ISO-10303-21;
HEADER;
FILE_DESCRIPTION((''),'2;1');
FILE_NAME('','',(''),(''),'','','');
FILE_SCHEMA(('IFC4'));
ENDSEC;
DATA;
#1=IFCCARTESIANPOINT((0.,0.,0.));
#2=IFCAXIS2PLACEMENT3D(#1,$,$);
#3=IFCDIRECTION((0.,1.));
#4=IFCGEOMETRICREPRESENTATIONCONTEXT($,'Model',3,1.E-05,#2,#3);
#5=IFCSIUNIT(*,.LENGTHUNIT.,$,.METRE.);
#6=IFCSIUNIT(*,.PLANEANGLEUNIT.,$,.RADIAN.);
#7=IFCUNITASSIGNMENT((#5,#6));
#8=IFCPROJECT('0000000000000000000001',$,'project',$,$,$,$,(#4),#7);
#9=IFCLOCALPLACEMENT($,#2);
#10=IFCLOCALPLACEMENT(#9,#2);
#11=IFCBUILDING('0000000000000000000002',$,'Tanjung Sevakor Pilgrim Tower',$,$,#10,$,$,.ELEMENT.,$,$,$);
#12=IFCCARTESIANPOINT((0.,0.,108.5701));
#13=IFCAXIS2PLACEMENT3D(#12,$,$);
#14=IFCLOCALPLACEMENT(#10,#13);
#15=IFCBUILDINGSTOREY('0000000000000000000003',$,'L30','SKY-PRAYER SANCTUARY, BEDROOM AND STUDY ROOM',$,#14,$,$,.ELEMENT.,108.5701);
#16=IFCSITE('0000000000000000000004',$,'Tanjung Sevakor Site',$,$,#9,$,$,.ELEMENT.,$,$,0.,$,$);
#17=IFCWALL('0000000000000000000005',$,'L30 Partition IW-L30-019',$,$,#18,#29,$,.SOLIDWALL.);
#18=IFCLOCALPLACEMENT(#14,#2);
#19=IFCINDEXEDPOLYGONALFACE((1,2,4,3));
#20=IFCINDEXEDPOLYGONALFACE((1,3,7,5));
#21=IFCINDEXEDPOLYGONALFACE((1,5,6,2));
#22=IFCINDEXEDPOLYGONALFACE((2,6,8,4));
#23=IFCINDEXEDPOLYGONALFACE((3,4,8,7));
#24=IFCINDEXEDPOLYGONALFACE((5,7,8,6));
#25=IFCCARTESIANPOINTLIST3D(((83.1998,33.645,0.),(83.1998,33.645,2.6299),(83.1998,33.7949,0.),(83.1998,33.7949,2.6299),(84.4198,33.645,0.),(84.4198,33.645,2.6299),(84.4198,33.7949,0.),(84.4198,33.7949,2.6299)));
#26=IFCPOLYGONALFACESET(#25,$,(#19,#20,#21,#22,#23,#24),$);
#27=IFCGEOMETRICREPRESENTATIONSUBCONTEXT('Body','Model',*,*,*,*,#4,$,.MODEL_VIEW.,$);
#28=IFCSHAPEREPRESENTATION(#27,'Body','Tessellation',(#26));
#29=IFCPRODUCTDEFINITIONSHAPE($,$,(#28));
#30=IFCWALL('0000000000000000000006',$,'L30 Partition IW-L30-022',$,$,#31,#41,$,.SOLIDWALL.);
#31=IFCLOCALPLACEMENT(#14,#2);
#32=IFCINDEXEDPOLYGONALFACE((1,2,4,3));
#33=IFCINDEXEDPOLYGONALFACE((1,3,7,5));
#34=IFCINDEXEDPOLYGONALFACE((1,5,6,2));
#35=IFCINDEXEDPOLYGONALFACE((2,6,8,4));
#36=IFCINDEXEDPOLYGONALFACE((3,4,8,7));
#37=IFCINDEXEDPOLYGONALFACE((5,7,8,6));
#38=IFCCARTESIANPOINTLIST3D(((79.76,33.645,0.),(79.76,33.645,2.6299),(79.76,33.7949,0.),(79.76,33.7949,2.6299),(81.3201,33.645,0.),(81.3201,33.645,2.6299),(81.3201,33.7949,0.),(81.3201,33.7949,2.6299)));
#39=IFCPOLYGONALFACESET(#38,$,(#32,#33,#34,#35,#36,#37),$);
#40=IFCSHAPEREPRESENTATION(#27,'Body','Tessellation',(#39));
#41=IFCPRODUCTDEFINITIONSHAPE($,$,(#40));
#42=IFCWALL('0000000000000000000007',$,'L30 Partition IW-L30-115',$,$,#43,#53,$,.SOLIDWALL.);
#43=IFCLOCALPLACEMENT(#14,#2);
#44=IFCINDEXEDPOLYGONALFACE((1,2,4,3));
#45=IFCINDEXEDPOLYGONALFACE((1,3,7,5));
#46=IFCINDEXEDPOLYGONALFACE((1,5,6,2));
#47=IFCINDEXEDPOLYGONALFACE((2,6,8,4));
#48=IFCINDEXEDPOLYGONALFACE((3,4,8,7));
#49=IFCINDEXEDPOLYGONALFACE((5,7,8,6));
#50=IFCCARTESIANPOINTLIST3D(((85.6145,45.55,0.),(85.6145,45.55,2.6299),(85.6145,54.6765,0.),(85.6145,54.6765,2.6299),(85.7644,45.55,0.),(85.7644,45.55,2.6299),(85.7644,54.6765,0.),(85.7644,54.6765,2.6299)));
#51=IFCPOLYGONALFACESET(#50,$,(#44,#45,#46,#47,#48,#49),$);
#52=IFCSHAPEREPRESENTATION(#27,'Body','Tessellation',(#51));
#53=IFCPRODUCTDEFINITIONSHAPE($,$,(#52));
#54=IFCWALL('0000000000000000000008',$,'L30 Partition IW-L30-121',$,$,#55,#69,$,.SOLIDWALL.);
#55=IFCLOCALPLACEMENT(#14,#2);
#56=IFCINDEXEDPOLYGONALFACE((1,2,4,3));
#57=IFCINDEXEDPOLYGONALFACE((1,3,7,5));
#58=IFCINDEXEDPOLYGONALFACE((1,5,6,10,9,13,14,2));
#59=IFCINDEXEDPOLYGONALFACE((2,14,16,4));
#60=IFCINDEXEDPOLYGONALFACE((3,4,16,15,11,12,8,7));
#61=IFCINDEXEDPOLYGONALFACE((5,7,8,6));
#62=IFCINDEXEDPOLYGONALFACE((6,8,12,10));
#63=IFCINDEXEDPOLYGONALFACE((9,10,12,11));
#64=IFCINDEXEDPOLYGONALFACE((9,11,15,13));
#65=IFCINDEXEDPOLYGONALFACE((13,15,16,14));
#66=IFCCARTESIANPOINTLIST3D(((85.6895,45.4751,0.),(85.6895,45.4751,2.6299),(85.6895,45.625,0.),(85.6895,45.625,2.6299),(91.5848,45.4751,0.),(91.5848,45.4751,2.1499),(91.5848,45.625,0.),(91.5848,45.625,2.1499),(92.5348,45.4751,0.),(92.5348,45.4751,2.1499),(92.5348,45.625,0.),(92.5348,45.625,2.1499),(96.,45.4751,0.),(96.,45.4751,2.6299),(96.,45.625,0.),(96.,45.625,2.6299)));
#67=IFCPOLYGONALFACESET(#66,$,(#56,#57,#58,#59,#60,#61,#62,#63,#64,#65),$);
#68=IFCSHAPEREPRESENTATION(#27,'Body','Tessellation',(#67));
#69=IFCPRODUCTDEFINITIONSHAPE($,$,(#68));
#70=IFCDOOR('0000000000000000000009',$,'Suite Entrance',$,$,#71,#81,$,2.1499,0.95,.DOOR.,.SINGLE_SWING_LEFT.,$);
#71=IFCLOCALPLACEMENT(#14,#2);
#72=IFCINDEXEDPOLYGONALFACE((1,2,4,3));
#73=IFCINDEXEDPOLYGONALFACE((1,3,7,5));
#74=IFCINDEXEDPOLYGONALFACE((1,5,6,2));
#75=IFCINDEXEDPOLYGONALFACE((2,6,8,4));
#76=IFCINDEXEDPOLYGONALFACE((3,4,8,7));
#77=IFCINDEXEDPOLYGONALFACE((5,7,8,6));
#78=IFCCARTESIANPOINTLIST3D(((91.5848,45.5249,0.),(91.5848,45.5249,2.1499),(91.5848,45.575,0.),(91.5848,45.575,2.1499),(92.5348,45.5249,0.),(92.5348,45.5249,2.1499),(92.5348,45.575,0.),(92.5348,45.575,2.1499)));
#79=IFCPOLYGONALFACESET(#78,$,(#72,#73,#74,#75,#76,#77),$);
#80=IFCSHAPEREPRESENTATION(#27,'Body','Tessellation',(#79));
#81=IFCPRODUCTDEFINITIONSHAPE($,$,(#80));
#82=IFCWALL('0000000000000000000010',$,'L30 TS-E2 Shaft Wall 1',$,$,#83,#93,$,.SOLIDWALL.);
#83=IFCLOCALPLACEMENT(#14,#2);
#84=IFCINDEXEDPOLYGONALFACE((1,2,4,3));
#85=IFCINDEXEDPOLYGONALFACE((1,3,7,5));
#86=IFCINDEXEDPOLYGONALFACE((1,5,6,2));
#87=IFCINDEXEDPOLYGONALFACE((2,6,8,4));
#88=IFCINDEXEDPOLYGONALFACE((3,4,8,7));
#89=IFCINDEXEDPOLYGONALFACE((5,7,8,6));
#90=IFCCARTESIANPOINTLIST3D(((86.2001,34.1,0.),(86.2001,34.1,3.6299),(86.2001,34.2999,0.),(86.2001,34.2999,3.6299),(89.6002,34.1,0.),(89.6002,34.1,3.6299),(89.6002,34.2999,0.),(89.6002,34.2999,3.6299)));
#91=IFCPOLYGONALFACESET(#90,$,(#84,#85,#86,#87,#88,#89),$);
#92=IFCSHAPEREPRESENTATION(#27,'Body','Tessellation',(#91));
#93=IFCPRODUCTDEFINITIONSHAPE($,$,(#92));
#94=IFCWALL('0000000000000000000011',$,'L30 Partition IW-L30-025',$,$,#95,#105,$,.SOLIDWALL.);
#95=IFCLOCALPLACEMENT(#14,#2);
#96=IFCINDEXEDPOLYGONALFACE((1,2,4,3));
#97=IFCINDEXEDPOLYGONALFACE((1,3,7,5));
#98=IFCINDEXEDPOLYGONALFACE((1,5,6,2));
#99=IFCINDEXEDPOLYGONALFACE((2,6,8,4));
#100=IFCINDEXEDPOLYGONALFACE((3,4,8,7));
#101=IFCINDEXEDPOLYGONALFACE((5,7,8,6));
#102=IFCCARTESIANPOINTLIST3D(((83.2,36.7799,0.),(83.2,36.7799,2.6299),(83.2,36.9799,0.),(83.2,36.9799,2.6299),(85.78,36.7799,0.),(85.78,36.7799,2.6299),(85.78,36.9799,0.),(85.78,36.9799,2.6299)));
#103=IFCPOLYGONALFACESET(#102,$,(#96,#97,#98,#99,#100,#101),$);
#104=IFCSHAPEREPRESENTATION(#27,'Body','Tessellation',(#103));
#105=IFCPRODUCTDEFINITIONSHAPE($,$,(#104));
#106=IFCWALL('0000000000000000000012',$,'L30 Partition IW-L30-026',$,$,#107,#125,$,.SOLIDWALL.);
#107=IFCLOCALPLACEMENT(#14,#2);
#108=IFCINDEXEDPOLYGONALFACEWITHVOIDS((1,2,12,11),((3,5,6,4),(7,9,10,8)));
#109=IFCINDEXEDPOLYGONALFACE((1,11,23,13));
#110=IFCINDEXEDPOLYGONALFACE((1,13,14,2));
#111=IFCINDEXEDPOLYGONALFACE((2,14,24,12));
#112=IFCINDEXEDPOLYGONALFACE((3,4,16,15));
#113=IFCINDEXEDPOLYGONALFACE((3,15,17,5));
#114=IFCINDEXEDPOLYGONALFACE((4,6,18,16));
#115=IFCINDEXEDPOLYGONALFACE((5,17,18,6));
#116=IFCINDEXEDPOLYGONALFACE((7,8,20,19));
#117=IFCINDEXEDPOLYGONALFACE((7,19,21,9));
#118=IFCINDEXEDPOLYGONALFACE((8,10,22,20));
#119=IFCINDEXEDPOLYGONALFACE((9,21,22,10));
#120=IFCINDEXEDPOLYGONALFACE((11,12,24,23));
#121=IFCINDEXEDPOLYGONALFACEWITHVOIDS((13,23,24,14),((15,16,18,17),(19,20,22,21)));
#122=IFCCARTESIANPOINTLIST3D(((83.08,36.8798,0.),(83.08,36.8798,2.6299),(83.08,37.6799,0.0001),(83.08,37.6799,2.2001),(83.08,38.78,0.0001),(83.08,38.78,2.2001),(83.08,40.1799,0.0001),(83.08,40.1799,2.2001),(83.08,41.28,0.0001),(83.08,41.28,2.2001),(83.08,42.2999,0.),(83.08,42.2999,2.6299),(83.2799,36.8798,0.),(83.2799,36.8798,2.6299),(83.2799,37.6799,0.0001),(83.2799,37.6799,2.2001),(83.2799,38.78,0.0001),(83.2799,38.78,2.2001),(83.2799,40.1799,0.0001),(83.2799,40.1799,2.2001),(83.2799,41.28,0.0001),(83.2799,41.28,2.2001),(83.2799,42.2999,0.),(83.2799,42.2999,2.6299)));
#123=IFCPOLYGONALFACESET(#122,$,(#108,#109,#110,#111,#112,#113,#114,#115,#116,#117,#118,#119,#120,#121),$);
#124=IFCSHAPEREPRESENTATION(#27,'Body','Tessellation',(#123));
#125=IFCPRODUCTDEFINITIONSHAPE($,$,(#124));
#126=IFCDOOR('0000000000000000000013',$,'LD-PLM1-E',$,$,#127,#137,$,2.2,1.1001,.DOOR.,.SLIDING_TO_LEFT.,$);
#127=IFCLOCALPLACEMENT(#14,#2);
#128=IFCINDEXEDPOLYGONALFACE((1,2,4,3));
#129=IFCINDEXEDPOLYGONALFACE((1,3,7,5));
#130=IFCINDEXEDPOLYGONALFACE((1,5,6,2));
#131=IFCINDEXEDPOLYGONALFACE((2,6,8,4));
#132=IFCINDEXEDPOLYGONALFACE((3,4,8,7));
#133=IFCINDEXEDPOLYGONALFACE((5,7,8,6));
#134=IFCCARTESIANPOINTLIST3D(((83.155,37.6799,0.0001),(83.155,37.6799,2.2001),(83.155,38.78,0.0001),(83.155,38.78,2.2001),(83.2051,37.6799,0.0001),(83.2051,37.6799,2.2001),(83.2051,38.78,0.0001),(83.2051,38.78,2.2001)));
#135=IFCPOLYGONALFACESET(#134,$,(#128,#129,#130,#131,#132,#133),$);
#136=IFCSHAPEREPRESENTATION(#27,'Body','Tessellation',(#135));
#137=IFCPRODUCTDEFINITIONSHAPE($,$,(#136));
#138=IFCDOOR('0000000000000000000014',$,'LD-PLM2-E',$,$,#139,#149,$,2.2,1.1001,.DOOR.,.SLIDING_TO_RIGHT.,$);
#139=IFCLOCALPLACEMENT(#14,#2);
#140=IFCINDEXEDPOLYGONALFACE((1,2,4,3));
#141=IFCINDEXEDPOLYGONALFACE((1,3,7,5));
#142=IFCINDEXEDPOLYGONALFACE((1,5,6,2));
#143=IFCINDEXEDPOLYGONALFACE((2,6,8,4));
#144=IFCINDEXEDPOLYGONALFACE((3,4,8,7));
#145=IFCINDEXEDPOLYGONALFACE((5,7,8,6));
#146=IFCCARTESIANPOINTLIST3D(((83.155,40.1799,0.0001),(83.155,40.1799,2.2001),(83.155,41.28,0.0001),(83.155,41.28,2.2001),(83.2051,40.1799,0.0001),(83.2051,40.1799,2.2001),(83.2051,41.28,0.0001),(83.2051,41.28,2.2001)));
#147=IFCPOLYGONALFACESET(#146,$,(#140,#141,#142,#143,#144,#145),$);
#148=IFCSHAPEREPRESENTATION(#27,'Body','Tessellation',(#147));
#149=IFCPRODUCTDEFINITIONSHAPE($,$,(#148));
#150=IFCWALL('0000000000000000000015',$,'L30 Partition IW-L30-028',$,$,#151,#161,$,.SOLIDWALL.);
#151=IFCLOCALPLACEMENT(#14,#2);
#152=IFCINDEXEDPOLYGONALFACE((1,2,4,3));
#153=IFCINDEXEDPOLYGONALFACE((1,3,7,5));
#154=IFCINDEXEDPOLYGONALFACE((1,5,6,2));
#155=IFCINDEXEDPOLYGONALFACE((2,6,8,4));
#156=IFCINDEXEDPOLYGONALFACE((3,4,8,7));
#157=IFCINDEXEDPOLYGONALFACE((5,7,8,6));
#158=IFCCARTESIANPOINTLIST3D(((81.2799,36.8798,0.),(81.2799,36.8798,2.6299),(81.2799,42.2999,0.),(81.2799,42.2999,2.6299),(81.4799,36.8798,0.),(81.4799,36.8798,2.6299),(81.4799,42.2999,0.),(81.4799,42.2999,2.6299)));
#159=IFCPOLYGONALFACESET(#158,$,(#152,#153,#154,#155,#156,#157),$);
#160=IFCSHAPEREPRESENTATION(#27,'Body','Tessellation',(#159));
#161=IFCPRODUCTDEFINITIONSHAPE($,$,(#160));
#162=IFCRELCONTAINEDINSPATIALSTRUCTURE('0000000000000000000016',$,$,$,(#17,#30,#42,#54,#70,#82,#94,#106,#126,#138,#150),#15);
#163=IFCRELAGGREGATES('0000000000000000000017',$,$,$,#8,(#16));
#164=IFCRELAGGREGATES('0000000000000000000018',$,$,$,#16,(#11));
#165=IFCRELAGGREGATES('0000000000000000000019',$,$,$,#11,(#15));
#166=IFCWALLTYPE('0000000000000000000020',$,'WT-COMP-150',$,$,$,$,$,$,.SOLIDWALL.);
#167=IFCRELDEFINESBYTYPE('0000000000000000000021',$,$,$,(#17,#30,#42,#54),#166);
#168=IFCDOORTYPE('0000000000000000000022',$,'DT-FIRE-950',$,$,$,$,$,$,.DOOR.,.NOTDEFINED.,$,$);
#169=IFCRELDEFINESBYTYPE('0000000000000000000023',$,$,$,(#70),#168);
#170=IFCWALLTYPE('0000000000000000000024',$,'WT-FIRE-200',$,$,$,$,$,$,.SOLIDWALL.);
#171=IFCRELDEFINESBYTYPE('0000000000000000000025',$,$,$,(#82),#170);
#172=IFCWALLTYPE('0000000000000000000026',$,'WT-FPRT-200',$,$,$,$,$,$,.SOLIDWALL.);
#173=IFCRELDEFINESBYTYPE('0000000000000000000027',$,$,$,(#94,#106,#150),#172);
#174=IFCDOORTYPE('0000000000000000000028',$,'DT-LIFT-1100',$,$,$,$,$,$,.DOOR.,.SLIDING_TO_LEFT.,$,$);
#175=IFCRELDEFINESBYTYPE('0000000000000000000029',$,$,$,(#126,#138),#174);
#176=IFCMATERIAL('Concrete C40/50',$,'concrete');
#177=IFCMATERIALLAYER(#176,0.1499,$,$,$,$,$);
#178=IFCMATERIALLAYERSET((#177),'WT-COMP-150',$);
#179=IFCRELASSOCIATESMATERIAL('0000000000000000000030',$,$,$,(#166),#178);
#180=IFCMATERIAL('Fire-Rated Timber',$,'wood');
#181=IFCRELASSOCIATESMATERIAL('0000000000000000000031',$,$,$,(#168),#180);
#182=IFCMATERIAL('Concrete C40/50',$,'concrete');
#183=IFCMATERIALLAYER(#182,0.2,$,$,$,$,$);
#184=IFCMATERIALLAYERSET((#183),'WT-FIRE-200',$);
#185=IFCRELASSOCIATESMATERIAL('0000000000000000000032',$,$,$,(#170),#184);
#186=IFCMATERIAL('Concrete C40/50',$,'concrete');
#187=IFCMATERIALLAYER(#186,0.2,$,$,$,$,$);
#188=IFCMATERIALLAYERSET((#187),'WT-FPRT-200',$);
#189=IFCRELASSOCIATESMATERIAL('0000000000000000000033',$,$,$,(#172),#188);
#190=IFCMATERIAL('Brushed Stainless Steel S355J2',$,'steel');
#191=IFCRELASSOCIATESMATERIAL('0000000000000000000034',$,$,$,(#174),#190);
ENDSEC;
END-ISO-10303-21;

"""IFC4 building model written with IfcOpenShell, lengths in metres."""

from ifc_helpers import new_model, si_unit, direction, frame, frame_2d, origin, place, context, subcontext, project, spatial, rectangle, extrude, material, layer, layer_set, type_object, element, fill, save


model = new_model("IFC4")

# Units and contexts
model_context = context("Model", 3, precision=1e-05, world=origin(), true_north=direction((0.0, 1.0)))
body_context = subcontext(model_context, "Body", "Model", "MODEL_VIEW")
ifc_project = project(units=[si_unit("LENGTHUNIT", "METRE"), si_unit("PLANEANGLEUNIT", "RADIAN")], contexts=[model_context])

# Site, building, storey
site_placement = place(None, origin())
site = spatial("IfcSite", under=ifc_project, at=site_placement, Name="Tanjung Sevakor Site", CompositionType="ELEMENT", RefElevation=0.0)
building_placement = place(site_placement, origin())
building = spatial("IfcBuilding", under=site, at=building_placement, Name="Tanjung Sevakor Pilgrim Tower", CompositionType="ELEMENT")
storey_placement = place(building_placement, frame((0.0, 0.0, 108.5701)))
storey = spatial("IfcBuildingStorey", under=building, at=storey_placement, Name="L30", Description="SKY-PRAYER SANCTUARY, BEDROOM AND STUDY ROOM", CompositionType="ELEMENT", Elevation=108.5701)

# Shared definitions
ifc_material_1 = material(Name="Concrete C40/50", Category="concrete")
ifc_layer_1 = layer(ifc_material_1, 0.1499)
ifc_layer_set_1 = layer_set([ifc_layer_1], Name="WT-COMP-150")
wall_type_1 = type_object("IfcWallType", Name="WT-COMP-150", PredefinedType="SOLIDWALL", material=ifc_layer_set_1)

# Walls
wall_1_placement = place(storey_placement, frame((83.2, 33.72, 0.0), z_axis=(0.0, 0.0, 1.0), x_axis=(1.0, 0.0, 0.0)))
element("IfcWall", 1, at=wall_1_placement, inside=storey, type_object=wall_type_1, Name="L30 Partition IW-L30-019", PredefinedType="SOLIDWALL", context=body_context, shape_type="SweptSolid", body=[
    extrude(rectangle(XDim=1.22, YDim=0.1499, at=frame_2d((0.6099, 0.0))), origin(), (0.0, 0.0, 1.0), 2.6299),
])
wall_2_placement = place(storey_placement, frame((79.76, 33.72, 0.0), z_axis=(0.0, 0.0, 1.0), x_axis=(1.0, 0.0, 0.0)))
element("IfcWall", 2, at=wall_2_placement, inside=storey, type_object=wall_type_1, Name="L30 Partition IW-L30-022", PredefinedType="SOLIDWALL", context=body_context, shape_type="SweptSolid", body=[
    extrude(rectangle(XDim=1.5601, YDim=0.1499, at=frame_2d((0.78, 0.0))), origin(), (0.0, 0.0, 1.0), 2.6299),
])
wall_3_placement = place(storey_placement, frame((85.6895, 45.55, 0.0), z_axis=(0.0, 0.0, 1.0), x_axis=(0.0, 1.0, 0.0)))
element("IfcWall", 3, at=wall_3_placement, inside=storey, type_object=wall_type_1, Name="L30 Partition IW-L30-115", PredefinedType="SOLIDWALL", context=body_context, shape_type="SweptSolid", body=[
    extrude(rectangle(XDim=9.1265, YDim=0.1499, at=frame_2d((4.5632, 0.0))), origin(), (0.0, 0.0, 1.0), 2.6299),
])

# Wall, opening, door
wall_4_placement = place(storey_placement, frame((85.6895, 45.55, 0.0), z_axis=(0.0, 0.0, 1.0), x_axis=(1.0, 0.0, 0.0)))
wall_4 = element("IfcWall", 4, at=wall_4_placement, inside=storey, type_object=wall_type_1, Name="L30 Partition IW-L30-121", PredefinedType="SOLIDWALL", context=body_context, shape_type="SweptSolid", body=[
    extrude(rectangle(XDim=10.3105, YDim=0.1499, at=frame_2d((5.1553, 0.0))), origin(), (0.0, 0.0, 1.0), 2.6299),
])
opening_1_placement = place(wall_4_placement, frame((5.8953, 0.0, 0.0)))
opening_1 = element("IfcOpeningElement", 5, at=opening_1_placement, cuts=wall_4, PredefinedType="OPENING", context=body_context, shape_type="SweptSolid", body=[
    extrude(rectangle(XDim=0.95, YDim=2.1499, at=frame_2d((0.4751, 1.075))), frame((0.0, 0.085, 0.0), z_axis=(0.0, -1.0, 0.0), x_axis=(1.0, 0.0, 0.0)), (0.0, 0.0, 1.0), 0.1699),
])
ifc_material_2 = material(Name="Fire-Rated Timber", Category="wood")
door_type_1 = type_object("IfcDoorType", Name="DT-FIRE-950", OperationType="NOTDEFINED", PredefinedType="DOOR", material=ifc_material_2)
door_1_placement = place(opening_1_placement, origin())
door_1 = element("IfcDoor", 6, at=door_1_placement, inside=storey, type_object=door_type_1, Name="Suite Entrance", OperationType="SINGLE_SWING_LEFT", OverallHeight=2.1499, OverallWidth=0.95, PredefinedType="DOOR", context=body_context, shape_type="SweptSolid", body=[
    extrude(rectangle(XDim=0.95, YDim=2.1499, at=frame_2d((0.4751, 1.075))), frame((0.0, 0.0249, 0.0), z_axis=(0.0, -1.0, 0.0), x_axis=(1.0, 0.0, 0.0)), (0.0, 0.0, 1.0), 0.05),
])
fill(opening_1, door_1)

# Walls
ifc_material_3 = material(Name="Concrete C40/50", Category="concrete")
ifc_layer_2 = layer(ifc_material_3, 0.2)
ifc_layer_set_2 = layer_set([ifc_layer_2], Name="WT-FIRE-200")
wall_type_2 = type_object("IfcWallType", Name="WT-FIRE-200", PredefinedType="SOLIDWALL", material=ifc_layer_set_2)
wall_5_placement = place(storey_placement, frame((86.2, 34.2, 0.0), z_axis=(0.0, 0.0, 1.0), x_axis=(1.0, 0.0, 0.0)))
element("IfcWall", 7, at=wall_5_placement, inside=storey, type_object=wall_type_2, Name="L30 TS-E2 Shaft Wall 1", PredefinedType="SOLIDWALL", context=body_context, shape_type="SweptSolid", body=[
    extrude(rectangle(XDim=3.4001, YDim=0.2, at=frame_2d((1.7002, 0.0))), origin(), (0.0, 0.0, 1.0), 3.6299),
])
ifc_material_4 = material(Name="Concrete C40/50", Category="concrete")
ifc_layer_3 = layer(ifc_material_4, 0.2)
ifc_layer_set_3 = layer_set([ifc_layer_3], Name="WT-FPRT-200")
wall_type_3 = type_object("IfcWallType", Name="WT-FPRT-200", PredefinedType="SOLIDWALL", material=ifc_layer_set_3)
wall_6_placement = place(storey_placement, frame((83.2, 36.8799, 0.0), z_axis=(0.0, 0.0, 1.0), x_axis=(1.0, 0.0, 0.0)))
element("IfcWall", 8, at=wall_6_placement, inside=storey, type_object=wall_type_3, Name="L30 Partition IW-L30-025", PredefinedType="SOLIDWALL", context=body_context, shape_type="SweptSolid", body=[
    extrude(rectangle(XDim=2.5801, YDim=0.2, at=frame_2d((1.29, 0.0))), origin(), (0.0, 0.0, 1.0), 2.6299),
])

# Wall, openings, doors
wall_7_placement = place(storey_placement, frame((83.1799, 36.8799, 0.0), z_axis=(0.0, 0.0, 1.0), x_axis=(0.0, 1.0, 0.0)))
wall_7 = element("IfcWall", 9, at=wall_7_placement, inside=storey, type_object=wall_type_3, Name="L30 Partition IW-L30-026", PredefinedType="SOLIDWALL", context=body_context, shape_type="SweptSolid", body=[
    extrude(rectangle(XDim=5.4202, YDim=0.2, at=frame_2d((2.71, 0.0))), origin(), (0.0, 0.0, 1.0), 2.6299),
])
opening_2_placement = place(wall_7_placement, frame((0.8, 0.0, 0.0)))
opening_2 = element("IfcOpeningElement", 10, at=opening_2_placement, cuts=wall_7, PredefinedType="OPENING", context=body_context, shape_type="SweptSolid", body=[
    extrude(rectangle(XDim=1.1001, YDim=2.2, at=frame_2d((0.55, 1.1001))), frame((0.0, 0.1099, 0.0), z_axis=(0.0, -1.0, 0.0), x_axis=(1.0, 0.0, 0.0)), (0.0, 0.0, 1.0), 0.22),
])
opening_3_placement = place(wall_7_placement, frame((3.3, 0.0, 0.0)))
opening_3 = element("IfcOpeningElement", 11, at=opening_3_placement, cuts=wall_7, PredefinedType="OPENING", context=body_context, shape_type="SweptSolid", body=[
    extrude(rectangle(XDim=1.1001, YDim=2.2, at=frame_2d((0.55, 1.1001))), frame((0.0, 0.1099, 0.0), z_axis=(0.0, -1.0, 0.0), x_axis=(1.0, 0.0, 0.0)), (0.0, 0.0, 1.0), 0.22),
])
ifc_material_5 = material(Name="Brushed Stainless Steel S355J2", Category="steel")
door_type_2 = type_object("IfcDoorType", Name="DT-LIFT-1100", OperationType="SLIDING_TO_LEFT", PredefinedType="DOOR", material=ifc_material_5)
door_2_placement = place(opening_2_placement, origin())
door_2 = element("IfcDoor", 12, at=door_2_placement, inside=storey, type_object=door_type_2, Name="LD-PLM1-E", OperationType="SLIDING_TO_LEFT", OverallHeight=2.2, OverallWidth=1.1001, PredefinedType="DOOR", context=body_context, shape_type="SweptSolid", body=[
    extrude(rectangle(XDim=1.1001, YDim=2.2, at=frame_2d((0.55, 1.1001))), frame((0.0, 0.0249, 0.0), z_axis=(0.0, -1.0, 0.0), x_axis=(1.0, 0.0, 0.0)), (0.0, 0.0, 1.0), 0.05),
])
fill(opening_2, door_2)
door_3_placement = place(opening_3_placement, origin())
door_3 = element("IfcDoor", 13, at=door_3_placement, inside=storey, type_object=door_type_2, Name="LD-PLM2-E", OperationType="SLIDING_TO_RIGHT", OverallHeight=2.2, OverallWidth=1.1001, PredefinedType="DOOR", context=body_context, shape_type="SweptSolid", body=[
    extrude(rectangle(XDim=1.1001, YDim=2.2, at=frame_2d((0.55, 1.1001))), frame((0.0, 0.0249, 0.0), z_axis=(0.0, -1.0, 0.0), x_axis=(1.0, 0.0, 0.0)), (0.0, 0.0, 1.0), 0.05),
])
fill(opening_3, door_3)

# Wall
wall_8_placement = place(storey_placement, frame((81.3799, 36.8799, 0.0), z_axis=(0.0, 0.0, 1.0), x_axis=(0.0, 1.0, 0.0)))
element("IfcWall", 14, at=wall_8_placement, inside=storey, type_object=wall_type_3, Name="L30 Partition IW-L30-028", PredefinedType="SOLIDWALL", context=body_context, shape_type="SweptSolid", body=[
    extrude(rectangle(XDim=5.4202, YDim=0.2, at=frame_2d((2.71, 0.0))), origin(), (0.0, 0.0, 1.0), 2.6299),
])

save(model, "model.ifc")
